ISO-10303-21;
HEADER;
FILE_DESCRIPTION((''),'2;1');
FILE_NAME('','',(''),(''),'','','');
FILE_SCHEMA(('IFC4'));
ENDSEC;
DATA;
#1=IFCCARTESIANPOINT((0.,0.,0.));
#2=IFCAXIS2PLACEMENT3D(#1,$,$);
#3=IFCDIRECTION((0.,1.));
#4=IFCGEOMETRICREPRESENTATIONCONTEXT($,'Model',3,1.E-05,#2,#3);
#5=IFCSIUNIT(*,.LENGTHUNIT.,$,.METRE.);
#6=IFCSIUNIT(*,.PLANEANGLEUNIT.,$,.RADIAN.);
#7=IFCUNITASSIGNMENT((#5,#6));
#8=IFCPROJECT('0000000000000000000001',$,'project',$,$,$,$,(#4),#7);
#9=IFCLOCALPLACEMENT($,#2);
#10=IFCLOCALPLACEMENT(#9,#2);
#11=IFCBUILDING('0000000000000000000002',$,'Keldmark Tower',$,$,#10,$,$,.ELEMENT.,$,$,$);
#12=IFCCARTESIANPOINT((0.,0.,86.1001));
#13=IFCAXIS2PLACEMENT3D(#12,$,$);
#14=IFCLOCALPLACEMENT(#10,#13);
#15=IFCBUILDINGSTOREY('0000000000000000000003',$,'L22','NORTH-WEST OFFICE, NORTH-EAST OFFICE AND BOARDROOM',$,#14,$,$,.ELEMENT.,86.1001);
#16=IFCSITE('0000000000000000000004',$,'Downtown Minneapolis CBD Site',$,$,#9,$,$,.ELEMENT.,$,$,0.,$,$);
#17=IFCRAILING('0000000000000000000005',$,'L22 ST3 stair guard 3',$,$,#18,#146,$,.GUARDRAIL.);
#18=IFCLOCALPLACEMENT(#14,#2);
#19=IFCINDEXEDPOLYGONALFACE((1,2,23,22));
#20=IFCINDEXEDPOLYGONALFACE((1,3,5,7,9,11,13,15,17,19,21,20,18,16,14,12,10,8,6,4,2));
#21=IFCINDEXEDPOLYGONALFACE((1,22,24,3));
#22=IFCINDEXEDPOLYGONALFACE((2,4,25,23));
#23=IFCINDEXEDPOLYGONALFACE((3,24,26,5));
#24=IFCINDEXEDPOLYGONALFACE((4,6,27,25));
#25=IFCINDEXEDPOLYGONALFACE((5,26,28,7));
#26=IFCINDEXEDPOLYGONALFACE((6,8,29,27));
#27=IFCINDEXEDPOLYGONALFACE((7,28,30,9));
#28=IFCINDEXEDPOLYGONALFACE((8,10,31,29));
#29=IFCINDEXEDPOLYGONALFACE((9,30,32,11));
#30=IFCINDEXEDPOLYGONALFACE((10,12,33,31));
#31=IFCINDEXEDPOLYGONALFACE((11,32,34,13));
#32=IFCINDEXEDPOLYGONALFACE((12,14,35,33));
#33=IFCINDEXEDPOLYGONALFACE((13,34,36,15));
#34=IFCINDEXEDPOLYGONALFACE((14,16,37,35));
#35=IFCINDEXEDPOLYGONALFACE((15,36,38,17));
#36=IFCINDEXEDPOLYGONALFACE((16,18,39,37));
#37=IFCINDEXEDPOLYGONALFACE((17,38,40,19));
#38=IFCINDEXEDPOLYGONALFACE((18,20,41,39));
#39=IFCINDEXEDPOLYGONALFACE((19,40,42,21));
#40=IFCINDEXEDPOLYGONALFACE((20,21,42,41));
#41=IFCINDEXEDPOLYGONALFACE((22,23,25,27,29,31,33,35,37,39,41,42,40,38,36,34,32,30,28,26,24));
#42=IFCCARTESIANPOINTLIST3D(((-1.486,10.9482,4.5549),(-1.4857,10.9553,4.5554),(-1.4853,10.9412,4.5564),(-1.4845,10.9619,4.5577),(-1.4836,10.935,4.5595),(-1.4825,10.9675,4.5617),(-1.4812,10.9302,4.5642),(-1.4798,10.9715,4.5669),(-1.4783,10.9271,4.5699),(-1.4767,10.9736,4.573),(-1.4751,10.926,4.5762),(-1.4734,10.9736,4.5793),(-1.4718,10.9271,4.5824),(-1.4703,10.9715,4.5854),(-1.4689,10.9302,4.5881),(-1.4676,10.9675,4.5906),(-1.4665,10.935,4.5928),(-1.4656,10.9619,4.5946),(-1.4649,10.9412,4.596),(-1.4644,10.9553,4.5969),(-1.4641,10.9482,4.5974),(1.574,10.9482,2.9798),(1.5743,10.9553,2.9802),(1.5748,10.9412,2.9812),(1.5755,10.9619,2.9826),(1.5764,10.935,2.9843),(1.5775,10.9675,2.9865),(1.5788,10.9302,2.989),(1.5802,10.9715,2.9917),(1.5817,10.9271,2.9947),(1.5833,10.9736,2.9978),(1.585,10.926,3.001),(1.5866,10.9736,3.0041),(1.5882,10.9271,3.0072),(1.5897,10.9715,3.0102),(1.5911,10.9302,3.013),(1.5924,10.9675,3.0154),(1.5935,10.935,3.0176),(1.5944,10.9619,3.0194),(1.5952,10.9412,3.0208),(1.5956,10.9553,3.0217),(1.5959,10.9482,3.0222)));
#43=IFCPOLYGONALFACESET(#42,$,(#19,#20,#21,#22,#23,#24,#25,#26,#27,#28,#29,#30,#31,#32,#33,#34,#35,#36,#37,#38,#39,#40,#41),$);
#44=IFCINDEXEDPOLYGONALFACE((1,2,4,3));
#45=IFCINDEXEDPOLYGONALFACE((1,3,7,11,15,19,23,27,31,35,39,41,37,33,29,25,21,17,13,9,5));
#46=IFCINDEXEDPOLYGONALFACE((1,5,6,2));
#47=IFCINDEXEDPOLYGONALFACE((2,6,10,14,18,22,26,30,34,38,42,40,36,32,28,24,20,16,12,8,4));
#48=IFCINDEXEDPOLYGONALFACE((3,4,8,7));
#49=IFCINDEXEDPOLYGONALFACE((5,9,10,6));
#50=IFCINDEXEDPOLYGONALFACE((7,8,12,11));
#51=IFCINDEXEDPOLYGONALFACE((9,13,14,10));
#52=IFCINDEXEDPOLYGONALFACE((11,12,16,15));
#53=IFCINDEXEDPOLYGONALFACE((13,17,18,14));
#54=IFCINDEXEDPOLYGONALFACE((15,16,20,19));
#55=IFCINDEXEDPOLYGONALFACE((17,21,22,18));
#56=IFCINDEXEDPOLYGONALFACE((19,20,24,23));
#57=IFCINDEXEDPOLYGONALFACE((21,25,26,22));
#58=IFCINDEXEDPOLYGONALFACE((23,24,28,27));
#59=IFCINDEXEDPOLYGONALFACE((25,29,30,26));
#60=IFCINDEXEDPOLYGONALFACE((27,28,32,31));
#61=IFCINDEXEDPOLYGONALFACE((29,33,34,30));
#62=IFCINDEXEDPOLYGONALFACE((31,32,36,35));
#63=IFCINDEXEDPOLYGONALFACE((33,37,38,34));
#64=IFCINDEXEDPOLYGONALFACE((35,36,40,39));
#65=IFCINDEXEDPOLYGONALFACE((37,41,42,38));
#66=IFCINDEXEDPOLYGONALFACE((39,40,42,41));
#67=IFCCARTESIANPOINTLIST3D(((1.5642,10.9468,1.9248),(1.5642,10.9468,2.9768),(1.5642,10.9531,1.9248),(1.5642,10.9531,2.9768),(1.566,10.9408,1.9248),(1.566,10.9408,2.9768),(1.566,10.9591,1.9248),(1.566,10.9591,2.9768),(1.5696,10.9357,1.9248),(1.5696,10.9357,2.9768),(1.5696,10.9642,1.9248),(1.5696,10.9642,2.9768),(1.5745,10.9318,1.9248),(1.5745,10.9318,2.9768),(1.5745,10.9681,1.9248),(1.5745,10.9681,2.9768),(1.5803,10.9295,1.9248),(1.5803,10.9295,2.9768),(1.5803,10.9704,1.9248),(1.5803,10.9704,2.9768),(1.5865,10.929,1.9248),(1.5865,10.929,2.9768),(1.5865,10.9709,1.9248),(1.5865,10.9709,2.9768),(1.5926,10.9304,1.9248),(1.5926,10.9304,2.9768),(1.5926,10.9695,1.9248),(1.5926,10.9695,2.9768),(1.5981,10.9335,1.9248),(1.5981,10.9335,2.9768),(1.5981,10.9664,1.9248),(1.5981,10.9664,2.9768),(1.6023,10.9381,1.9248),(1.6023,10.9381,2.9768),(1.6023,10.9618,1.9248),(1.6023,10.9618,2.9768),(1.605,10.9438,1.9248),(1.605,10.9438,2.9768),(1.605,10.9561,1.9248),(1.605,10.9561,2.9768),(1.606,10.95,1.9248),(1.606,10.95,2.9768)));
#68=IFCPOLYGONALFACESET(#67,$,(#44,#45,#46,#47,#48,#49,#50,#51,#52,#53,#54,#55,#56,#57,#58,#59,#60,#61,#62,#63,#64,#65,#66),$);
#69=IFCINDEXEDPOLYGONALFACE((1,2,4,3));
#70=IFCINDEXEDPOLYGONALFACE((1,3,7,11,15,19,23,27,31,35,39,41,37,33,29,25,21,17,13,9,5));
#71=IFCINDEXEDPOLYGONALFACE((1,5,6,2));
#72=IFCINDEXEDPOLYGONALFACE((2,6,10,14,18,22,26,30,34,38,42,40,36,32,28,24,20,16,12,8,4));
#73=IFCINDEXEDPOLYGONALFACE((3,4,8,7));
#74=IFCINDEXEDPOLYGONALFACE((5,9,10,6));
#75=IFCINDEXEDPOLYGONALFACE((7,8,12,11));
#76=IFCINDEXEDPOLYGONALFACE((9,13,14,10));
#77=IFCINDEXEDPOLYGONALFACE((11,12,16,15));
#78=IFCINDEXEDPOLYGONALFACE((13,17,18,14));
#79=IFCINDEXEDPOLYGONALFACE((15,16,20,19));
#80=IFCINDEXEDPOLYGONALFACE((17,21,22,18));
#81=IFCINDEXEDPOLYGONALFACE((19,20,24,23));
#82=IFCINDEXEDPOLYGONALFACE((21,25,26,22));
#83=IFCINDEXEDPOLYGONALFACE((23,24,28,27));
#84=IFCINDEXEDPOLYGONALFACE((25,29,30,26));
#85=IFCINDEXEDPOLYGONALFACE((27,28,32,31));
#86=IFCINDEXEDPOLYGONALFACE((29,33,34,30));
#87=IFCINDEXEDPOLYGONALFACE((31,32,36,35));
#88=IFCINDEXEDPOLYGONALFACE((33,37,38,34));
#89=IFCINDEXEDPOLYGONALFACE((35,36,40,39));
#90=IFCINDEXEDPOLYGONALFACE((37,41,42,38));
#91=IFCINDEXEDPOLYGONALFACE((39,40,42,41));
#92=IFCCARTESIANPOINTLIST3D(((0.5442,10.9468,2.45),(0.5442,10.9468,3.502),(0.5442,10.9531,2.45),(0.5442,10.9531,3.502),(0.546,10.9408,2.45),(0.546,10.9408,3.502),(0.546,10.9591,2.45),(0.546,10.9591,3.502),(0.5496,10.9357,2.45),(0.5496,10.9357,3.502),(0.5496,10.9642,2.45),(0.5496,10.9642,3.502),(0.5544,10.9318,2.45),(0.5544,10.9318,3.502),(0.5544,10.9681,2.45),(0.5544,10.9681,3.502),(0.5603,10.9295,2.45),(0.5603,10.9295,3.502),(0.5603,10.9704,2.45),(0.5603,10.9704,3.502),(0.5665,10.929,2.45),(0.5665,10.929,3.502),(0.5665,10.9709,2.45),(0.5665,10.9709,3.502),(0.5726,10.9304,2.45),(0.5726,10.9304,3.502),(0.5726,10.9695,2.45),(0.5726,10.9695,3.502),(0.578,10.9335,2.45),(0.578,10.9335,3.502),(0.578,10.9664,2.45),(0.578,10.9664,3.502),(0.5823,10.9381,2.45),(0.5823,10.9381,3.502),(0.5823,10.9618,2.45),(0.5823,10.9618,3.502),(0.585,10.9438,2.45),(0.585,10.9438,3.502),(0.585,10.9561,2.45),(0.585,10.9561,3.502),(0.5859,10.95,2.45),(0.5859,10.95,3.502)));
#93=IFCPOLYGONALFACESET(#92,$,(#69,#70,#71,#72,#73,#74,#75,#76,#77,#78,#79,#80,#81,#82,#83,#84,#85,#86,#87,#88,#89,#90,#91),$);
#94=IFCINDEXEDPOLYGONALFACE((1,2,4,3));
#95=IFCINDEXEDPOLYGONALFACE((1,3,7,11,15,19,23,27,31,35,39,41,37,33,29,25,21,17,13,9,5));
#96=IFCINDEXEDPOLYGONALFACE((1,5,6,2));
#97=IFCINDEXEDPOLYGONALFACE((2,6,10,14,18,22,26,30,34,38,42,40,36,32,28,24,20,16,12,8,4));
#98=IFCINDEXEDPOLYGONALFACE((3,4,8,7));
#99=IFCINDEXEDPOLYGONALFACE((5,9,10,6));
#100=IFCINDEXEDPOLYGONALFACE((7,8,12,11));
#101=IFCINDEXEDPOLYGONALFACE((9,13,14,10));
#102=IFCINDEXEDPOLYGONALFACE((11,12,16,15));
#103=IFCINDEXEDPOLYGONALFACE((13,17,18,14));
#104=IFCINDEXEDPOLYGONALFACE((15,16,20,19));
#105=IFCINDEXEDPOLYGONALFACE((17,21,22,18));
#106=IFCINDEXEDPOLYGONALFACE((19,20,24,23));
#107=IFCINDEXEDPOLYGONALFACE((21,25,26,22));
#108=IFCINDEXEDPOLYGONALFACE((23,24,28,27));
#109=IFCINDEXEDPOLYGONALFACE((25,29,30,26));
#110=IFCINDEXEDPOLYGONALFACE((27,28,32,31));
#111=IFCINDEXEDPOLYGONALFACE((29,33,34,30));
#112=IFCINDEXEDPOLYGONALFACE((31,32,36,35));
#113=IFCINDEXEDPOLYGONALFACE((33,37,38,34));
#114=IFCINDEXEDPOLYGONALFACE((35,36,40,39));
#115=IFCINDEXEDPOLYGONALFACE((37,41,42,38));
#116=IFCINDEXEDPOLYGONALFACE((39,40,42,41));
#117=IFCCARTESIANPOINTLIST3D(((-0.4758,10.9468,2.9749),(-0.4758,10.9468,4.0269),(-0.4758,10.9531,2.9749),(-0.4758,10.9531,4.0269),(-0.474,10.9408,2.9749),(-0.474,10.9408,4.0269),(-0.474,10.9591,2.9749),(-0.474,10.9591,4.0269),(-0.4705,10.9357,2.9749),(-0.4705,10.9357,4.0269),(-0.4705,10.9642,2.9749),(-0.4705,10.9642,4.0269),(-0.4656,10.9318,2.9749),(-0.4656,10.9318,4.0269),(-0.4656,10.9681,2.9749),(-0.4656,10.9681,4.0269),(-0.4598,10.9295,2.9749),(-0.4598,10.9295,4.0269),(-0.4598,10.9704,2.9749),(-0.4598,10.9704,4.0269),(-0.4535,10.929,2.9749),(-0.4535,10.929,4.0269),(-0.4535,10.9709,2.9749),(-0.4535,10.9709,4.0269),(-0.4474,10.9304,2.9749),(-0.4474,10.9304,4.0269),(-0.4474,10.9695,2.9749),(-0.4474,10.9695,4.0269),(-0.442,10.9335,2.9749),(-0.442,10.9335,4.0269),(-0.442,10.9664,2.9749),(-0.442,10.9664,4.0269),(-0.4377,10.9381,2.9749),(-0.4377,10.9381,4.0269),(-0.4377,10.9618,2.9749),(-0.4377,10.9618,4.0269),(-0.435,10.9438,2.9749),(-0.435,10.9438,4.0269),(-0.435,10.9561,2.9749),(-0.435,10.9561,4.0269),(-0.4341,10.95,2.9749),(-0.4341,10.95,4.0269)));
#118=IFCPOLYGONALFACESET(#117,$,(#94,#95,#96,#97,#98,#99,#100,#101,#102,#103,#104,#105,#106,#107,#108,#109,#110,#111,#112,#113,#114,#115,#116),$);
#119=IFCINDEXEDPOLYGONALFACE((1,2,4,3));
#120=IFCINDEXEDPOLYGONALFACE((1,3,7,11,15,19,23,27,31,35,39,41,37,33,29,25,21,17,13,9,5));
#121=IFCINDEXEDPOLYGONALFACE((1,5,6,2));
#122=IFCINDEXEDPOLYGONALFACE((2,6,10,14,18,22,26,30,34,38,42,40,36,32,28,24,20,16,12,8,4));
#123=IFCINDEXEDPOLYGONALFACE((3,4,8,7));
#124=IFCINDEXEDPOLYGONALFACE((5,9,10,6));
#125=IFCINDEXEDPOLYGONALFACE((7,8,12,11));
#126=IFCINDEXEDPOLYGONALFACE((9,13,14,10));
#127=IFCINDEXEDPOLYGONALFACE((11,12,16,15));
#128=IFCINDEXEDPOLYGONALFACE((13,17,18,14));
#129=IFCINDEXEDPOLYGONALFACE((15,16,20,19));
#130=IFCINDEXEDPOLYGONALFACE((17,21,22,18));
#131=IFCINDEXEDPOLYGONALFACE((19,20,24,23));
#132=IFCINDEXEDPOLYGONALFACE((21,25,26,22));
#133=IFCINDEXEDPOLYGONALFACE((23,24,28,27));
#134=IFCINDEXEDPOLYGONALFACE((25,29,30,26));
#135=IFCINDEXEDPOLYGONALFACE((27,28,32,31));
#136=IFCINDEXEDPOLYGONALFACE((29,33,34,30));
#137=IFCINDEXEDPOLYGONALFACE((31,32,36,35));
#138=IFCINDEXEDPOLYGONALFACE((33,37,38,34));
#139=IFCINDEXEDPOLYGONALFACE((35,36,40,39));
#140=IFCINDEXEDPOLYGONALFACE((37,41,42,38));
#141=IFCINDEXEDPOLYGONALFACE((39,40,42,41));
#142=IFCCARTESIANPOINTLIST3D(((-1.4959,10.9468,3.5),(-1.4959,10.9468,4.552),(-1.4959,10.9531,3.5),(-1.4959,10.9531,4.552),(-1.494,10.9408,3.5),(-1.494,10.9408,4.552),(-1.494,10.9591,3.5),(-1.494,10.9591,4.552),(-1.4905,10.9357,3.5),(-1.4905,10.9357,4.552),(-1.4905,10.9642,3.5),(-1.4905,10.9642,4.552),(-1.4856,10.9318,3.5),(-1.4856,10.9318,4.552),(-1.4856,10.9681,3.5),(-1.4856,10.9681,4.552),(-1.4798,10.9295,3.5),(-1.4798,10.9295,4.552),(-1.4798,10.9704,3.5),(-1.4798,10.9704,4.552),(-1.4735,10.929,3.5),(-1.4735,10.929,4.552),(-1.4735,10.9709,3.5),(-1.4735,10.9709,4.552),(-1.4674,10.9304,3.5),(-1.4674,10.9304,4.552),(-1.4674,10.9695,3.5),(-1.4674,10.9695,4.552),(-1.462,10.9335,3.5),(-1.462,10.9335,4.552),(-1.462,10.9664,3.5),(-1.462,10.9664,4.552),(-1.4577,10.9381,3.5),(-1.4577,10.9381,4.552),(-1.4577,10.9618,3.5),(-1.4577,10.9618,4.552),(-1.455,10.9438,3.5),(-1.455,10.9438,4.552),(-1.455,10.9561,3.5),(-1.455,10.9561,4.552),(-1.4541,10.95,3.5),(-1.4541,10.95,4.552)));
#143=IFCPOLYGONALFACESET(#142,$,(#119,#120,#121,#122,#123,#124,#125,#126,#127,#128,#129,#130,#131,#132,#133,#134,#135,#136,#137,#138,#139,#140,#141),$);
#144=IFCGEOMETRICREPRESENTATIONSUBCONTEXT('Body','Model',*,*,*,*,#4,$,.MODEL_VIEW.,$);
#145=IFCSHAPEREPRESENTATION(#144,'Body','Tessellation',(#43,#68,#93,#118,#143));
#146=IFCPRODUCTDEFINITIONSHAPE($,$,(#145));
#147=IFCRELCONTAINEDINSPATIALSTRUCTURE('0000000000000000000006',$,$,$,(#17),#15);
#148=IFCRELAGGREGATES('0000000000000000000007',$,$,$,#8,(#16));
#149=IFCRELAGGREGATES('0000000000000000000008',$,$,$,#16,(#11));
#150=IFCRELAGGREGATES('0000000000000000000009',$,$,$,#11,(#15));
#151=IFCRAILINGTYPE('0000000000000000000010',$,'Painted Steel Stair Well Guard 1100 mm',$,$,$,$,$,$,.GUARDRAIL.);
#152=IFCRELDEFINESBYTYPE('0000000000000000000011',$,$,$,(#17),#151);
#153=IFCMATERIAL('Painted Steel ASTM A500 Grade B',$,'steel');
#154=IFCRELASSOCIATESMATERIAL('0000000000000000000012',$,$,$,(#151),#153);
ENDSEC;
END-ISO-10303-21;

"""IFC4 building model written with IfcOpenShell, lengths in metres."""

from ifc_helpers import new_model, si_unit, direction, frame, origin, origin_2d, place, context, subcontext, project, spatial, circle, extrude, material, type_object, element, save


model = new_model("IFC4")

# Units and contexts
model_context = context("Model", 3, precision=1e-05, world=origin(), true_north=direction((0.0, 1.0)))
body_context = subcontext(model_context, "Body", "Model", "MODEL_VIEW")
ifc_project = project(units=[si_unit("LENGTHUNIT", "METRE"), si_unit("PLANEANGLEUNIT", "RADIAN")], contexts=[model_context])

# Site, building, storey
site_placement = place(None, origin())
site = spatial("IfcSite", under=ifc_project, at=site_placement, Name="Downtown Minneapolis CBD Site", CompositionType="ELEMENT", RefElevation=0.0)
building_placement = place(site_placement, origin())
building = spatial("IfcBuilding", under=site, at=building_placement, Name="Keldmark Tower", CompositionType="ELEMENT")
storey_placement = place(building_placement, frame((0.0, 0.0, 86.1001)))
storey = spatial("IfcBuildingStorey", under=building, at=storey_placement, Name="L22", Description="NORTH-WEST OFFICE, NORTH-EAST OFFICE AND BOARDROOM", CompositionType="ELEMENT", Elevation=86.1001)

# Railing
ifc_material_1 = material(Name="Painted Steel ASTM A500 Grade B", Category="steel")
railing_type_1 = type_object("IfcRailingType", Name="Painted Steel Stair Well Guard 1100 mm", PredefinedType="GUARDRAIL", material=ifc_material_1)
railing_1_placement = place(storey_placement, frame((1.585, 10.95, 1.9248)))
element("IfcRailing", 1, at=railing_1_placement, inside=storey, type_object=railing_type_1, Name="L22 ST3 stair guard 3", PredefinedType="GUARDRAIL", context=body_context, shape_type="SweptSolid", body=[
    extrude(circle(Radius=0.0239, at=origin_2d()), frame((0.0, 0.0, 1.0762), z_axis=(-0.889116, 0.0, 0.457681), x_axis=(0.0, -1.0, 0.0)), (0.0, 0.0, 1.0), 3.4417),
    extrude(circle(Radius=0.021, at=origin_2d()), origin(), (0.0, 0.0, 1.0), 1.052),
    extrude(circle(Radius=0.021, at=origin_2d()), frame((-1.02, 0.0, 0.5251)), (0.0, 0.0, 1.0), 1.052),
    extrude(circle(Radius=0.021, at=origin_2d()), frame((-2.04, 0.0, 1.05)), (0.0, 0.0, 1.0), 1.052),
    extrude(circle(Radius=0.021, at=origin_2d()), frame((-3.0601, 0.0, 1.5752)), (0.0, 0.0, 1.0), 1.052),
])

save(model, "model.ifc")
